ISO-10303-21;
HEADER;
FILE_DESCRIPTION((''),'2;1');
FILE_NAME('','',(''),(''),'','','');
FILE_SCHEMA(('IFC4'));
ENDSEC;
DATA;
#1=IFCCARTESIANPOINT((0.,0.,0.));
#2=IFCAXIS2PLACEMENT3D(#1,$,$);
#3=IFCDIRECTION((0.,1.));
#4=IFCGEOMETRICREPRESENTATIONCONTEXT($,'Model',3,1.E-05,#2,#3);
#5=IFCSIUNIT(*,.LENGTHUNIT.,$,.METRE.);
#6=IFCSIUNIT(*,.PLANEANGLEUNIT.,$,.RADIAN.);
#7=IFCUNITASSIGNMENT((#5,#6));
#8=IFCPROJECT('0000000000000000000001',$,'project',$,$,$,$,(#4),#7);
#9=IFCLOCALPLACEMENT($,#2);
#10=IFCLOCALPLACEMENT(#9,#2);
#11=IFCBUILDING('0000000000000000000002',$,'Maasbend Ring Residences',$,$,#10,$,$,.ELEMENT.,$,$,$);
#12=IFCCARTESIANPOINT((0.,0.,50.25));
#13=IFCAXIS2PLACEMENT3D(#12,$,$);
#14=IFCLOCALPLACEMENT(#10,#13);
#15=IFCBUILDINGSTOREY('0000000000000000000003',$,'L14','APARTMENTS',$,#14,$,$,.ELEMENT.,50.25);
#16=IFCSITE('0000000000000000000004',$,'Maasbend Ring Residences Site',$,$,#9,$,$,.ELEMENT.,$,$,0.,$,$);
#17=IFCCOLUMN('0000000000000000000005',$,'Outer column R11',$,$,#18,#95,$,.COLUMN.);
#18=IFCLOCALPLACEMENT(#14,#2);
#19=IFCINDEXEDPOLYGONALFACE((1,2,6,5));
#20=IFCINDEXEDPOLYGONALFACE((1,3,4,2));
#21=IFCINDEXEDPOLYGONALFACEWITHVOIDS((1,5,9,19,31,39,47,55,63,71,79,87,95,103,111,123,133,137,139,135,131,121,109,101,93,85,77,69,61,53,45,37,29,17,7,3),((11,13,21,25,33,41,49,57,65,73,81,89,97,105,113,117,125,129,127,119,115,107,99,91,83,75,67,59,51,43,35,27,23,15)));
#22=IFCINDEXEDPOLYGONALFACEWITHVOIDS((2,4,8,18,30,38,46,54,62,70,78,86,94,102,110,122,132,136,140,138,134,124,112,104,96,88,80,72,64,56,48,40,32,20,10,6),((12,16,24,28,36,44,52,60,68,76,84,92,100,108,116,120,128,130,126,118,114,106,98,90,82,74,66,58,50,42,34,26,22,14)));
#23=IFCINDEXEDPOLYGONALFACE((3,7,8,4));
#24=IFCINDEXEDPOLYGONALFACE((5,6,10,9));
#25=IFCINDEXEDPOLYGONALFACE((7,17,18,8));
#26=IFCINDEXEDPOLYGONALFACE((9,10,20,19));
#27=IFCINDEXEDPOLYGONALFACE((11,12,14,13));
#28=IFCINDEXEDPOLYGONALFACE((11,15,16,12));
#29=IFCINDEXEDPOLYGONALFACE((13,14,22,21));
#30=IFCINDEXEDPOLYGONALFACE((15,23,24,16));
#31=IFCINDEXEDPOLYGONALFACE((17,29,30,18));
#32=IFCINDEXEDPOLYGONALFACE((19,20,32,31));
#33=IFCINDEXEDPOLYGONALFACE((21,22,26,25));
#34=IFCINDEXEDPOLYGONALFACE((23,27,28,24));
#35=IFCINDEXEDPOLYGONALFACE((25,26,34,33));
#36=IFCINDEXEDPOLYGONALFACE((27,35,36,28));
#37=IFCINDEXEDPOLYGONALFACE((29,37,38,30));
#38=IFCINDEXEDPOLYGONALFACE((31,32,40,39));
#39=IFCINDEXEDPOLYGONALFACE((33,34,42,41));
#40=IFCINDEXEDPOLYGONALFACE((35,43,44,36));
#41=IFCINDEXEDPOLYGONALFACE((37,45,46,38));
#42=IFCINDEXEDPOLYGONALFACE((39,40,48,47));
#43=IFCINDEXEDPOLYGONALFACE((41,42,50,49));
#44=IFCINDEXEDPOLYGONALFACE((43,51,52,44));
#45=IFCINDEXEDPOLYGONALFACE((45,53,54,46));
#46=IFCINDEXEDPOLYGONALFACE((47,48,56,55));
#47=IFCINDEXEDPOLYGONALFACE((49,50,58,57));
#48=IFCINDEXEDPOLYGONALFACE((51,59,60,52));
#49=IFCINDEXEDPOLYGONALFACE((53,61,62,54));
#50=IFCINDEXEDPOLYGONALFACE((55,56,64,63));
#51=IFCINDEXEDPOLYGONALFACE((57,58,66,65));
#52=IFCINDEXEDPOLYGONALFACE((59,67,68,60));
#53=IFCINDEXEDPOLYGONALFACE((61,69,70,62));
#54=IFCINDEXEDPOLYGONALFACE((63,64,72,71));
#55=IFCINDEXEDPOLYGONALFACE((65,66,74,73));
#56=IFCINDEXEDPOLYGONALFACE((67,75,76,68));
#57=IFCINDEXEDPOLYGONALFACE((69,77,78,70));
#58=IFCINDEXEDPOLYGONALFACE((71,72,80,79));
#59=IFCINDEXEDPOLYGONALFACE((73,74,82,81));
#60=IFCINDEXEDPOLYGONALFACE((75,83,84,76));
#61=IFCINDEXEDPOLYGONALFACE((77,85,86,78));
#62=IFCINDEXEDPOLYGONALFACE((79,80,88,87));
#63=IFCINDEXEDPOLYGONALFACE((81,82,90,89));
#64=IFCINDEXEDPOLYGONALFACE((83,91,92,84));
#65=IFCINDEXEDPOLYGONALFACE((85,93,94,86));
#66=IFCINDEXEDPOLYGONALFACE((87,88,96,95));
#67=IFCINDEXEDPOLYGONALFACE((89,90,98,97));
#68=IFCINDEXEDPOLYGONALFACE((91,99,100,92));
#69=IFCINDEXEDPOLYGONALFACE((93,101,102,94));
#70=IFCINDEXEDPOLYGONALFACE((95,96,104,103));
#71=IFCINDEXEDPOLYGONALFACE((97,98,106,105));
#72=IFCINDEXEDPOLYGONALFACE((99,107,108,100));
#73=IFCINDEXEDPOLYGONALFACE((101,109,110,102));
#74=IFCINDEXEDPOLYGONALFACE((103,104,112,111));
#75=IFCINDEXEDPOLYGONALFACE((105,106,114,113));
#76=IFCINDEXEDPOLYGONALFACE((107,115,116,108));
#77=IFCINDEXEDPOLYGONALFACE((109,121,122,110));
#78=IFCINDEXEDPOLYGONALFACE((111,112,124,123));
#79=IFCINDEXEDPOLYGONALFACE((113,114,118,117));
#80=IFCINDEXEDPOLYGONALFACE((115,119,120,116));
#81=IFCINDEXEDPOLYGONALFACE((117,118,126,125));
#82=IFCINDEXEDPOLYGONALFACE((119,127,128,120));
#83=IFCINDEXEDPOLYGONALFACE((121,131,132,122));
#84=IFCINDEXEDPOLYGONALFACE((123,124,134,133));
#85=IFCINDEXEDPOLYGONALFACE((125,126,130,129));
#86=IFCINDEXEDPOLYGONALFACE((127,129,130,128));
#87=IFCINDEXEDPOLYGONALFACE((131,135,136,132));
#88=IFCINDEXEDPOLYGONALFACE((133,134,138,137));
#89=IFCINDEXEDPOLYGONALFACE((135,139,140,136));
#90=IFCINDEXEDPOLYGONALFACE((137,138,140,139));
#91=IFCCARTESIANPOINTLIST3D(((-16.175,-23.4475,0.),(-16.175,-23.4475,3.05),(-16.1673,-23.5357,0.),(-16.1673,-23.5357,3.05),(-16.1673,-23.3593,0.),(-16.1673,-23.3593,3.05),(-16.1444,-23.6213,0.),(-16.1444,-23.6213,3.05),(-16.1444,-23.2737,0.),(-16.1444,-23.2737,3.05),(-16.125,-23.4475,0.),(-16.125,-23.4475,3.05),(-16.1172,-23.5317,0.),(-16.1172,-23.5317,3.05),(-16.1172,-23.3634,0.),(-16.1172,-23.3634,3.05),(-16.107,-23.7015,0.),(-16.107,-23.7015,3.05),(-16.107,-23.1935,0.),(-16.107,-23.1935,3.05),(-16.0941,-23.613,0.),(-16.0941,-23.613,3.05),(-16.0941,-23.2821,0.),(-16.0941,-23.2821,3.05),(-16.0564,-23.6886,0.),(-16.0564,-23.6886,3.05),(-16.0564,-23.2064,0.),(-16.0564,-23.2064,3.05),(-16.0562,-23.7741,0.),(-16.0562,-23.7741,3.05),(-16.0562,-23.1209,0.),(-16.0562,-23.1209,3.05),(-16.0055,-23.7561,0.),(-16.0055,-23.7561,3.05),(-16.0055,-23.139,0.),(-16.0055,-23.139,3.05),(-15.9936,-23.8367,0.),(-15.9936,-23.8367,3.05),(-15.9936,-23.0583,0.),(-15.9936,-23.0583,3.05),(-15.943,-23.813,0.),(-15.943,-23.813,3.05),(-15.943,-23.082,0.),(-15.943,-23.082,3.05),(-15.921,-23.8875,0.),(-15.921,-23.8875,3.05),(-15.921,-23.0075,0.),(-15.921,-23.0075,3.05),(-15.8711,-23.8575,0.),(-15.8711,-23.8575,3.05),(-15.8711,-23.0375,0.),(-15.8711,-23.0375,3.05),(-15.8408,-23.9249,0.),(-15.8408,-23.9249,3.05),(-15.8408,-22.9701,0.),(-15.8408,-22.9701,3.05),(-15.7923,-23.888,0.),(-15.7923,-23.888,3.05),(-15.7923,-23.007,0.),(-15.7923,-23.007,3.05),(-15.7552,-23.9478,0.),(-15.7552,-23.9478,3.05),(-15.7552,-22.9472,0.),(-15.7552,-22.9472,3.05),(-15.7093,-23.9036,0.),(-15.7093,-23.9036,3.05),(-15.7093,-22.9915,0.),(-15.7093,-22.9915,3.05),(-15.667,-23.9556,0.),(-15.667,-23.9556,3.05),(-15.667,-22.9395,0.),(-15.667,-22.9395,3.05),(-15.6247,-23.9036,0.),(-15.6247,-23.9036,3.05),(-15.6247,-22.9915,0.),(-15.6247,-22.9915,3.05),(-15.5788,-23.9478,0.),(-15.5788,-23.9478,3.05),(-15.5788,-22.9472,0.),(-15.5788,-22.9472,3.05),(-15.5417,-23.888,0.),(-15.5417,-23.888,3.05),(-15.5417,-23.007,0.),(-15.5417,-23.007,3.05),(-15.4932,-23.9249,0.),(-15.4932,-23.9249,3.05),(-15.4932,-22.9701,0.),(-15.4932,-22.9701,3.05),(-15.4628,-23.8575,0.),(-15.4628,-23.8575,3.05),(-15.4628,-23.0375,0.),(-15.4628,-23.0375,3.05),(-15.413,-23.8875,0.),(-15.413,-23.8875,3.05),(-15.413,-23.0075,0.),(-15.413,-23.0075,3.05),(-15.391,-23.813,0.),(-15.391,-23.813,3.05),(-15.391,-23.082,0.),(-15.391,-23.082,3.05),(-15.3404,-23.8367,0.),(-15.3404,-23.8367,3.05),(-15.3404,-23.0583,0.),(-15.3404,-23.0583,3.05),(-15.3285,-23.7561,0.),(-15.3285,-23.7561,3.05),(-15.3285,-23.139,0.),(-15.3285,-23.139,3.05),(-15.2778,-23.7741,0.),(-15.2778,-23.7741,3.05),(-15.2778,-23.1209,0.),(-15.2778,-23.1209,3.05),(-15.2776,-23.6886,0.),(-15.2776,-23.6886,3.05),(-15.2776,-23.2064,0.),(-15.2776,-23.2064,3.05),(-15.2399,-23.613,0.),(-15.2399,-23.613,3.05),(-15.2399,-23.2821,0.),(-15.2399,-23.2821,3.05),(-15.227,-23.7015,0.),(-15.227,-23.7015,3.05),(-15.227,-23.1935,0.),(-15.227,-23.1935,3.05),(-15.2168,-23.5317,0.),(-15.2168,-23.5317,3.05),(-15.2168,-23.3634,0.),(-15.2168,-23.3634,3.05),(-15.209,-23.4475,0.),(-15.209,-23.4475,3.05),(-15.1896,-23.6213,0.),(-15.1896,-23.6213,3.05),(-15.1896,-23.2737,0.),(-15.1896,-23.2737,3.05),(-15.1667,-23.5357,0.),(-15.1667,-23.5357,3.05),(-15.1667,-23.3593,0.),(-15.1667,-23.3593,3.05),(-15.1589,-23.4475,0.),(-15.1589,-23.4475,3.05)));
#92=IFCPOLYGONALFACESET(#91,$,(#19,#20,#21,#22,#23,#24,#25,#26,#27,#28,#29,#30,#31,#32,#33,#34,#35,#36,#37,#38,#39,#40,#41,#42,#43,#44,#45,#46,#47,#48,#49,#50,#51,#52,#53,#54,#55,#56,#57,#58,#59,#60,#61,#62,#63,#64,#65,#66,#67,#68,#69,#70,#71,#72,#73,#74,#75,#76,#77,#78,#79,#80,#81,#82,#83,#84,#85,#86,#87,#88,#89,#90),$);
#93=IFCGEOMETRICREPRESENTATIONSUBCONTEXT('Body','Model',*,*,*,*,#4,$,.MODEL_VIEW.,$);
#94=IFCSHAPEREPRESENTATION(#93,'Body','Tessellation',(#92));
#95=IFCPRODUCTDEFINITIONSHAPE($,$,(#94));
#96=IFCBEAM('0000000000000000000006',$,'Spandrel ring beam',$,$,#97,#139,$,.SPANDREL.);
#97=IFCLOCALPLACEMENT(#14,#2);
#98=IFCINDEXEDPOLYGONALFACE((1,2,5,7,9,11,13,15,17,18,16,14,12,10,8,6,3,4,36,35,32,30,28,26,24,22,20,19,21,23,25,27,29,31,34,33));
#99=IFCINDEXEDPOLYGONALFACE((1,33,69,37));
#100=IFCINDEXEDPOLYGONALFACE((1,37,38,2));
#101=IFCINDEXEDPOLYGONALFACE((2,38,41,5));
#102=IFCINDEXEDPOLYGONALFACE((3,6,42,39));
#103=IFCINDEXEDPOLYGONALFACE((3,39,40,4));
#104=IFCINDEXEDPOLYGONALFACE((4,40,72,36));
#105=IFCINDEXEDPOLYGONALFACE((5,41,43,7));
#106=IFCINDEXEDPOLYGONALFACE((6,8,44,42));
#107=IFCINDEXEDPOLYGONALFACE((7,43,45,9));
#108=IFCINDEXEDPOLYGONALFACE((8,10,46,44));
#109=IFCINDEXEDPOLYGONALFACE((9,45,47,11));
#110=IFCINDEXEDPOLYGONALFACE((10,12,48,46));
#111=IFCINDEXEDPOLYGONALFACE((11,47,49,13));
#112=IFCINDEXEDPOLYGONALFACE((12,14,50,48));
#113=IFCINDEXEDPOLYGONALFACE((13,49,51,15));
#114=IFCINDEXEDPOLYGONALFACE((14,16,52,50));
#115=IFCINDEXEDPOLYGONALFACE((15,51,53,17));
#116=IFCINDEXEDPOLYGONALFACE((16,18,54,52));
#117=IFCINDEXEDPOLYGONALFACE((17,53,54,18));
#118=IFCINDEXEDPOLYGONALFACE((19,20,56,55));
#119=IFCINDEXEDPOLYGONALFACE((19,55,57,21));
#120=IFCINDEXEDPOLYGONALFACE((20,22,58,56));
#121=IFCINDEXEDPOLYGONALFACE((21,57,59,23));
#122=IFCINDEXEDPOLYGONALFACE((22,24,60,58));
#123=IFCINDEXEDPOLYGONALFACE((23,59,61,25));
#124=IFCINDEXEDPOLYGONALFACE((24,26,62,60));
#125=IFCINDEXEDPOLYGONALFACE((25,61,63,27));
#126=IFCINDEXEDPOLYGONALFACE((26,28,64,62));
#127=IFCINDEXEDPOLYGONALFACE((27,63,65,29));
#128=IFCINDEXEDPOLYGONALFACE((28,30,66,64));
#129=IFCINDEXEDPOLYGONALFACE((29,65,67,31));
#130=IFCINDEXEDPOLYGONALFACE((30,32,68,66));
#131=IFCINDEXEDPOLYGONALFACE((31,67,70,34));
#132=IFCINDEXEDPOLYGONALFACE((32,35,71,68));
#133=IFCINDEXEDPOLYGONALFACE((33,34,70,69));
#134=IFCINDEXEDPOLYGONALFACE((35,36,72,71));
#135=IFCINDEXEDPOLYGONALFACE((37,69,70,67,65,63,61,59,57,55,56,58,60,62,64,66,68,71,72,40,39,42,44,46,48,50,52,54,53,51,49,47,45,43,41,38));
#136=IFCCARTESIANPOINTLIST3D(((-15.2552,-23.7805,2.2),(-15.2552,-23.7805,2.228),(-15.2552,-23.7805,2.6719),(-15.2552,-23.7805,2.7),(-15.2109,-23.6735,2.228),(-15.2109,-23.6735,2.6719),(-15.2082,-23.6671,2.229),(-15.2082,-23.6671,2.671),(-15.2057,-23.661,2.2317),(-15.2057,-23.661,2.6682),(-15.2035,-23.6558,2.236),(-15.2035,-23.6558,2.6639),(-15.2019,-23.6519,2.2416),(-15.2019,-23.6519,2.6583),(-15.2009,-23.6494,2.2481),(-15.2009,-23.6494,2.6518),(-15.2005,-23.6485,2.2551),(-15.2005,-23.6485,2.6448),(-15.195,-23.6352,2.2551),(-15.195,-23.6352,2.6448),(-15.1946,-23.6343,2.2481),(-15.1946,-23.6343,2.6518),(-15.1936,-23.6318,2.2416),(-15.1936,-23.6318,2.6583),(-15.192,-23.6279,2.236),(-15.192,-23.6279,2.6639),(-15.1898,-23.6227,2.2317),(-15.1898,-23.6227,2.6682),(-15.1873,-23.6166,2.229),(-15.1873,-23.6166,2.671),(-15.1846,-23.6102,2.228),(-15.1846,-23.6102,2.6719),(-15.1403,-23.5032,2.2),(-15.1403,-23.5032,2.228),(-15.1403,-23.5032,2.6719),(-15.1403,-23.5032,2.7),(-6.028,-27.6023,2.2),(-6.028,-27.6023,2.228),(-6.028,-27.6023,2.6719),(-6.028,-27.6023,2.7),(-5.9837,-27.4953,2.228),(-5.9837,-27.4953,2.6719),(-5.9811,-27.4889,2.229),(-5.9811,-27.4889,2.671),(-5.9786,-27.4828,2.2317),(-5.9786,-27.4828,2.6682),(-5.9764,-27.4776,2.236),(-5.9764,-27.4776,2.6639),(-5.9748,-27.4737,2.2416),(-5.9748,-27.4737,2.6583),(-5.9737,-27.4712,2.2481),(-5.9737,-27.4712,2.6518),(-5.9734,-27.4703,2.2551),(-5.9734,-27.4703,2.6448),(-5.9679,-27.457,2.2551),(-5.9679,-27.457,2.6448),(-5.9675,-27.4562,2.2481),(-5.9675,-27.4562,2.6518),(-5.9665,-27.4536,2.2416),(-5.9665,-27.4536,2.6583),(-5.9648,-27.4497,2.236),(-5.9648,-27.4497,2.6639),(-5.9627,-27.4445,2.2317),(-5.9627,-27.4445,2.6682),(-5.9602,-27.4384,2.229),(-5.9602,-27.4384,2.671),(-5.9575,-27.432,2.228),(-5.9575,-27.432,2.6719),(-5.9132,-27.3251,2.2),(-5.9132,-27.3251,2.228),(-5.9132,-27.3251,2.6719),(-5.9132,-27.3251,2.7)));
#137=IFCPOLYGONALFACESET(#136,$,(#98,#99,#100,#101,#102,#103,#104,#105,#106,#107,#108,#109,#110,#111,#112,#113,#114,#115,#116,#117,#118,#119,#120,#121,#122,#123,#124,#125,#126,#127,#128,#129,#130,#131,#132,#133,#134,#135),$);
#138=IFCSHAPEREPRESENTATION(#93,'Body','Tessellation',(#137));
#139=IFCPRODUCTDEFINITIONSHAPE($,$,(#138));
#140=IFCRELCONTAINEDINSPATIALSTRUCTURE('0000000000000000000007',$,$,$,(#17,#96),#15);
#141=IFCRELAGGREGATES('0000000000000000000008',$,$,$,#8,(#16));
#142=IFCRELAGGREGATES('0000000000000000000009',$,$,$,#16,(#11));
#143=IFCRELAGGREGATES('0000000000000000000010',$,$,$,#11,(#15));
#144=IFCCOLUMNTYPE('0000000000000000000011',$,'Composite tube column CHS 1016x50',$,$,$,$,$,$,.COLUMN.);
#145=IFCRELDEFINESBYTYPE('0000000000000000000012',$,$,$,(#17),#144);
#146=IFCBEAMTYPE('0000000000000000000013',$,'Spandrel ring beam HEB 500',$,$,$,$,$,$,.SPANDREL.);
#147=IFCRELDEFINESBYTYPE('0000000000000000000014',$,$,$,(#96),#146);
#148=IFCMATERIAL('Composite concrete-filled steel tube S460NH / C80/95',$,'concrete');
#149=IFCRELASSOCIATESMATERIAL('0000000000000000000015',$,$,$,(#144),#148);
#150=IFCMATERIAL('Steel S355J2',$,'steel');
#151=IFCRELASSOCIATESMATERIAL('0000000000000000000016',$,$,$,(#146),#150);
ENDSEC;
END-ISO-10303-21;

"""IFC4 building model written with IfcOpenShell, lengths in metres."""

from ifc_helpers import new_model, si_unit, direction, frame, origin, origin_2d, place, context, subcontext, project, spatial, hollow_circle, i_section, extrude, material, material_profile, profile_set, type_object, element, save


model = new_model("IFC4")

# Units and contexts
model_context = context("Model", 3, precision=1e-05, world=origin(), true_north=direction((0.0, 1.0)))
body_context = subcontext(model_context, "Body", "Model", "MODEL_VIEW")
ifc_project = project(units=[si_unit("LENGTHUNIT", "METRE"), si_unit("PLANEANGLEUNIT", "RADIAN")], contexts=[model_context])

# Site, building, storey
site_placement = place(None, origin())
site = spatial("IfcSite", under=ifc_project, at=site_placement, Name="Maasbend Ring Residences Site", CompositionType="ELEMENT", RefElevation=0.0)
building_placement = place(site_placement, origin())
building = spatial("IfcBuilding", under=site, at=building_placement, Name="Maasbend Ring Residences", CompositionType="ELEMENT")
storey_placement = place(building_placement, frame((0.0, 0.0, 50.25)))
storey = spatial("IfcBuildingStorey", under=building, at=storey_placement, Name="L14", Description="APARTMENTS", CompositionType="ELEMENT", Elevation=50.25)

# Column
ifc_material_1 = material(Name="Composite concrete-filled steel tube S460NH / C80/95", Category="concrete")
ifc_material_profile_1 = material_profile(ifc_material_1, hollow_circle(Radius=0.5081, WallThickness=0.05, at=origin_2d()), Name="Composite tube column CHS 1016x50")
ifc_profile_set_1 = profile_set([ifc_material_profile_1], Name="Composite concrete-filled steel tube S460NH / C80/95")
column_type = type_object("IfcColumnType", Name="Composite tube column CHS 1016x50", PredefinedType="COLUMN", material=ifc_profile_set_1)
column_placement = place(storey_placement, frame((-15.667, -23.4475, 0.0), z_axis=(0.0, 0.0, 1.0), x_axis=(1.0, 0.0, 0.0)))
element("IfcColumn", 1, at=column_placement, inside=storey, type_object=column_type, Name="Outer column R11", PredefinedType="COLUMN", context=body_context, shape_type="SweptSolid", body=[
    extrude(hollow_circle(Radius=0.5081, WallThickness=0.05, at=origin_2d()), origin(), (0.0, 0.0, 1.0), 3.05),
])

# Beam
ifc_material_2 = material(Name="Steel S355J2", Category="steel")
ifc_material_profile_2 = material_profile(ifc_material_2, i_section(OverallWidth=0.3, OverallDepth=0.5, WebThickness=0.0144, FlangeThickness=0.0281, FilletRadius=0.0271, at=origin_2d()), Name="HEB 500")
ifc_profile_set_2 = profile_set([ifc_material_profile_2], Name="Steel S355J2")
beam_type = type_object("IfcBeamType", Name="Spandrel ring beam HEB 500", PredefinedType="SPANDREL", material=ifc_profile_set_2)
beam_placement = place(storey_placement, frame((-15.1978, -23.6418, 2.45), z_axis=(0.923886, -0.382667, 0.0), x_axis=(0.382667, 0.923886, 0.0)))
element("IfcBeam", 2, at=beam_placement, inside=storey, type_object=beam_type, Name="Spandrel ring beam", PredefinedType="SPANDREL", context=body_context, shape_type="SweptSolid", body=[
    extrude(i_section(OverallWidth=0.3, OverallDepth=0.5, WebThickness=0.0144, FlangeThickness=0.0281, FilletRadius=0.0271, at=origin_2d()), origin(), (0.0, 0.0, 1.0), 9.9873),
])

save(model, "model.ifc")
